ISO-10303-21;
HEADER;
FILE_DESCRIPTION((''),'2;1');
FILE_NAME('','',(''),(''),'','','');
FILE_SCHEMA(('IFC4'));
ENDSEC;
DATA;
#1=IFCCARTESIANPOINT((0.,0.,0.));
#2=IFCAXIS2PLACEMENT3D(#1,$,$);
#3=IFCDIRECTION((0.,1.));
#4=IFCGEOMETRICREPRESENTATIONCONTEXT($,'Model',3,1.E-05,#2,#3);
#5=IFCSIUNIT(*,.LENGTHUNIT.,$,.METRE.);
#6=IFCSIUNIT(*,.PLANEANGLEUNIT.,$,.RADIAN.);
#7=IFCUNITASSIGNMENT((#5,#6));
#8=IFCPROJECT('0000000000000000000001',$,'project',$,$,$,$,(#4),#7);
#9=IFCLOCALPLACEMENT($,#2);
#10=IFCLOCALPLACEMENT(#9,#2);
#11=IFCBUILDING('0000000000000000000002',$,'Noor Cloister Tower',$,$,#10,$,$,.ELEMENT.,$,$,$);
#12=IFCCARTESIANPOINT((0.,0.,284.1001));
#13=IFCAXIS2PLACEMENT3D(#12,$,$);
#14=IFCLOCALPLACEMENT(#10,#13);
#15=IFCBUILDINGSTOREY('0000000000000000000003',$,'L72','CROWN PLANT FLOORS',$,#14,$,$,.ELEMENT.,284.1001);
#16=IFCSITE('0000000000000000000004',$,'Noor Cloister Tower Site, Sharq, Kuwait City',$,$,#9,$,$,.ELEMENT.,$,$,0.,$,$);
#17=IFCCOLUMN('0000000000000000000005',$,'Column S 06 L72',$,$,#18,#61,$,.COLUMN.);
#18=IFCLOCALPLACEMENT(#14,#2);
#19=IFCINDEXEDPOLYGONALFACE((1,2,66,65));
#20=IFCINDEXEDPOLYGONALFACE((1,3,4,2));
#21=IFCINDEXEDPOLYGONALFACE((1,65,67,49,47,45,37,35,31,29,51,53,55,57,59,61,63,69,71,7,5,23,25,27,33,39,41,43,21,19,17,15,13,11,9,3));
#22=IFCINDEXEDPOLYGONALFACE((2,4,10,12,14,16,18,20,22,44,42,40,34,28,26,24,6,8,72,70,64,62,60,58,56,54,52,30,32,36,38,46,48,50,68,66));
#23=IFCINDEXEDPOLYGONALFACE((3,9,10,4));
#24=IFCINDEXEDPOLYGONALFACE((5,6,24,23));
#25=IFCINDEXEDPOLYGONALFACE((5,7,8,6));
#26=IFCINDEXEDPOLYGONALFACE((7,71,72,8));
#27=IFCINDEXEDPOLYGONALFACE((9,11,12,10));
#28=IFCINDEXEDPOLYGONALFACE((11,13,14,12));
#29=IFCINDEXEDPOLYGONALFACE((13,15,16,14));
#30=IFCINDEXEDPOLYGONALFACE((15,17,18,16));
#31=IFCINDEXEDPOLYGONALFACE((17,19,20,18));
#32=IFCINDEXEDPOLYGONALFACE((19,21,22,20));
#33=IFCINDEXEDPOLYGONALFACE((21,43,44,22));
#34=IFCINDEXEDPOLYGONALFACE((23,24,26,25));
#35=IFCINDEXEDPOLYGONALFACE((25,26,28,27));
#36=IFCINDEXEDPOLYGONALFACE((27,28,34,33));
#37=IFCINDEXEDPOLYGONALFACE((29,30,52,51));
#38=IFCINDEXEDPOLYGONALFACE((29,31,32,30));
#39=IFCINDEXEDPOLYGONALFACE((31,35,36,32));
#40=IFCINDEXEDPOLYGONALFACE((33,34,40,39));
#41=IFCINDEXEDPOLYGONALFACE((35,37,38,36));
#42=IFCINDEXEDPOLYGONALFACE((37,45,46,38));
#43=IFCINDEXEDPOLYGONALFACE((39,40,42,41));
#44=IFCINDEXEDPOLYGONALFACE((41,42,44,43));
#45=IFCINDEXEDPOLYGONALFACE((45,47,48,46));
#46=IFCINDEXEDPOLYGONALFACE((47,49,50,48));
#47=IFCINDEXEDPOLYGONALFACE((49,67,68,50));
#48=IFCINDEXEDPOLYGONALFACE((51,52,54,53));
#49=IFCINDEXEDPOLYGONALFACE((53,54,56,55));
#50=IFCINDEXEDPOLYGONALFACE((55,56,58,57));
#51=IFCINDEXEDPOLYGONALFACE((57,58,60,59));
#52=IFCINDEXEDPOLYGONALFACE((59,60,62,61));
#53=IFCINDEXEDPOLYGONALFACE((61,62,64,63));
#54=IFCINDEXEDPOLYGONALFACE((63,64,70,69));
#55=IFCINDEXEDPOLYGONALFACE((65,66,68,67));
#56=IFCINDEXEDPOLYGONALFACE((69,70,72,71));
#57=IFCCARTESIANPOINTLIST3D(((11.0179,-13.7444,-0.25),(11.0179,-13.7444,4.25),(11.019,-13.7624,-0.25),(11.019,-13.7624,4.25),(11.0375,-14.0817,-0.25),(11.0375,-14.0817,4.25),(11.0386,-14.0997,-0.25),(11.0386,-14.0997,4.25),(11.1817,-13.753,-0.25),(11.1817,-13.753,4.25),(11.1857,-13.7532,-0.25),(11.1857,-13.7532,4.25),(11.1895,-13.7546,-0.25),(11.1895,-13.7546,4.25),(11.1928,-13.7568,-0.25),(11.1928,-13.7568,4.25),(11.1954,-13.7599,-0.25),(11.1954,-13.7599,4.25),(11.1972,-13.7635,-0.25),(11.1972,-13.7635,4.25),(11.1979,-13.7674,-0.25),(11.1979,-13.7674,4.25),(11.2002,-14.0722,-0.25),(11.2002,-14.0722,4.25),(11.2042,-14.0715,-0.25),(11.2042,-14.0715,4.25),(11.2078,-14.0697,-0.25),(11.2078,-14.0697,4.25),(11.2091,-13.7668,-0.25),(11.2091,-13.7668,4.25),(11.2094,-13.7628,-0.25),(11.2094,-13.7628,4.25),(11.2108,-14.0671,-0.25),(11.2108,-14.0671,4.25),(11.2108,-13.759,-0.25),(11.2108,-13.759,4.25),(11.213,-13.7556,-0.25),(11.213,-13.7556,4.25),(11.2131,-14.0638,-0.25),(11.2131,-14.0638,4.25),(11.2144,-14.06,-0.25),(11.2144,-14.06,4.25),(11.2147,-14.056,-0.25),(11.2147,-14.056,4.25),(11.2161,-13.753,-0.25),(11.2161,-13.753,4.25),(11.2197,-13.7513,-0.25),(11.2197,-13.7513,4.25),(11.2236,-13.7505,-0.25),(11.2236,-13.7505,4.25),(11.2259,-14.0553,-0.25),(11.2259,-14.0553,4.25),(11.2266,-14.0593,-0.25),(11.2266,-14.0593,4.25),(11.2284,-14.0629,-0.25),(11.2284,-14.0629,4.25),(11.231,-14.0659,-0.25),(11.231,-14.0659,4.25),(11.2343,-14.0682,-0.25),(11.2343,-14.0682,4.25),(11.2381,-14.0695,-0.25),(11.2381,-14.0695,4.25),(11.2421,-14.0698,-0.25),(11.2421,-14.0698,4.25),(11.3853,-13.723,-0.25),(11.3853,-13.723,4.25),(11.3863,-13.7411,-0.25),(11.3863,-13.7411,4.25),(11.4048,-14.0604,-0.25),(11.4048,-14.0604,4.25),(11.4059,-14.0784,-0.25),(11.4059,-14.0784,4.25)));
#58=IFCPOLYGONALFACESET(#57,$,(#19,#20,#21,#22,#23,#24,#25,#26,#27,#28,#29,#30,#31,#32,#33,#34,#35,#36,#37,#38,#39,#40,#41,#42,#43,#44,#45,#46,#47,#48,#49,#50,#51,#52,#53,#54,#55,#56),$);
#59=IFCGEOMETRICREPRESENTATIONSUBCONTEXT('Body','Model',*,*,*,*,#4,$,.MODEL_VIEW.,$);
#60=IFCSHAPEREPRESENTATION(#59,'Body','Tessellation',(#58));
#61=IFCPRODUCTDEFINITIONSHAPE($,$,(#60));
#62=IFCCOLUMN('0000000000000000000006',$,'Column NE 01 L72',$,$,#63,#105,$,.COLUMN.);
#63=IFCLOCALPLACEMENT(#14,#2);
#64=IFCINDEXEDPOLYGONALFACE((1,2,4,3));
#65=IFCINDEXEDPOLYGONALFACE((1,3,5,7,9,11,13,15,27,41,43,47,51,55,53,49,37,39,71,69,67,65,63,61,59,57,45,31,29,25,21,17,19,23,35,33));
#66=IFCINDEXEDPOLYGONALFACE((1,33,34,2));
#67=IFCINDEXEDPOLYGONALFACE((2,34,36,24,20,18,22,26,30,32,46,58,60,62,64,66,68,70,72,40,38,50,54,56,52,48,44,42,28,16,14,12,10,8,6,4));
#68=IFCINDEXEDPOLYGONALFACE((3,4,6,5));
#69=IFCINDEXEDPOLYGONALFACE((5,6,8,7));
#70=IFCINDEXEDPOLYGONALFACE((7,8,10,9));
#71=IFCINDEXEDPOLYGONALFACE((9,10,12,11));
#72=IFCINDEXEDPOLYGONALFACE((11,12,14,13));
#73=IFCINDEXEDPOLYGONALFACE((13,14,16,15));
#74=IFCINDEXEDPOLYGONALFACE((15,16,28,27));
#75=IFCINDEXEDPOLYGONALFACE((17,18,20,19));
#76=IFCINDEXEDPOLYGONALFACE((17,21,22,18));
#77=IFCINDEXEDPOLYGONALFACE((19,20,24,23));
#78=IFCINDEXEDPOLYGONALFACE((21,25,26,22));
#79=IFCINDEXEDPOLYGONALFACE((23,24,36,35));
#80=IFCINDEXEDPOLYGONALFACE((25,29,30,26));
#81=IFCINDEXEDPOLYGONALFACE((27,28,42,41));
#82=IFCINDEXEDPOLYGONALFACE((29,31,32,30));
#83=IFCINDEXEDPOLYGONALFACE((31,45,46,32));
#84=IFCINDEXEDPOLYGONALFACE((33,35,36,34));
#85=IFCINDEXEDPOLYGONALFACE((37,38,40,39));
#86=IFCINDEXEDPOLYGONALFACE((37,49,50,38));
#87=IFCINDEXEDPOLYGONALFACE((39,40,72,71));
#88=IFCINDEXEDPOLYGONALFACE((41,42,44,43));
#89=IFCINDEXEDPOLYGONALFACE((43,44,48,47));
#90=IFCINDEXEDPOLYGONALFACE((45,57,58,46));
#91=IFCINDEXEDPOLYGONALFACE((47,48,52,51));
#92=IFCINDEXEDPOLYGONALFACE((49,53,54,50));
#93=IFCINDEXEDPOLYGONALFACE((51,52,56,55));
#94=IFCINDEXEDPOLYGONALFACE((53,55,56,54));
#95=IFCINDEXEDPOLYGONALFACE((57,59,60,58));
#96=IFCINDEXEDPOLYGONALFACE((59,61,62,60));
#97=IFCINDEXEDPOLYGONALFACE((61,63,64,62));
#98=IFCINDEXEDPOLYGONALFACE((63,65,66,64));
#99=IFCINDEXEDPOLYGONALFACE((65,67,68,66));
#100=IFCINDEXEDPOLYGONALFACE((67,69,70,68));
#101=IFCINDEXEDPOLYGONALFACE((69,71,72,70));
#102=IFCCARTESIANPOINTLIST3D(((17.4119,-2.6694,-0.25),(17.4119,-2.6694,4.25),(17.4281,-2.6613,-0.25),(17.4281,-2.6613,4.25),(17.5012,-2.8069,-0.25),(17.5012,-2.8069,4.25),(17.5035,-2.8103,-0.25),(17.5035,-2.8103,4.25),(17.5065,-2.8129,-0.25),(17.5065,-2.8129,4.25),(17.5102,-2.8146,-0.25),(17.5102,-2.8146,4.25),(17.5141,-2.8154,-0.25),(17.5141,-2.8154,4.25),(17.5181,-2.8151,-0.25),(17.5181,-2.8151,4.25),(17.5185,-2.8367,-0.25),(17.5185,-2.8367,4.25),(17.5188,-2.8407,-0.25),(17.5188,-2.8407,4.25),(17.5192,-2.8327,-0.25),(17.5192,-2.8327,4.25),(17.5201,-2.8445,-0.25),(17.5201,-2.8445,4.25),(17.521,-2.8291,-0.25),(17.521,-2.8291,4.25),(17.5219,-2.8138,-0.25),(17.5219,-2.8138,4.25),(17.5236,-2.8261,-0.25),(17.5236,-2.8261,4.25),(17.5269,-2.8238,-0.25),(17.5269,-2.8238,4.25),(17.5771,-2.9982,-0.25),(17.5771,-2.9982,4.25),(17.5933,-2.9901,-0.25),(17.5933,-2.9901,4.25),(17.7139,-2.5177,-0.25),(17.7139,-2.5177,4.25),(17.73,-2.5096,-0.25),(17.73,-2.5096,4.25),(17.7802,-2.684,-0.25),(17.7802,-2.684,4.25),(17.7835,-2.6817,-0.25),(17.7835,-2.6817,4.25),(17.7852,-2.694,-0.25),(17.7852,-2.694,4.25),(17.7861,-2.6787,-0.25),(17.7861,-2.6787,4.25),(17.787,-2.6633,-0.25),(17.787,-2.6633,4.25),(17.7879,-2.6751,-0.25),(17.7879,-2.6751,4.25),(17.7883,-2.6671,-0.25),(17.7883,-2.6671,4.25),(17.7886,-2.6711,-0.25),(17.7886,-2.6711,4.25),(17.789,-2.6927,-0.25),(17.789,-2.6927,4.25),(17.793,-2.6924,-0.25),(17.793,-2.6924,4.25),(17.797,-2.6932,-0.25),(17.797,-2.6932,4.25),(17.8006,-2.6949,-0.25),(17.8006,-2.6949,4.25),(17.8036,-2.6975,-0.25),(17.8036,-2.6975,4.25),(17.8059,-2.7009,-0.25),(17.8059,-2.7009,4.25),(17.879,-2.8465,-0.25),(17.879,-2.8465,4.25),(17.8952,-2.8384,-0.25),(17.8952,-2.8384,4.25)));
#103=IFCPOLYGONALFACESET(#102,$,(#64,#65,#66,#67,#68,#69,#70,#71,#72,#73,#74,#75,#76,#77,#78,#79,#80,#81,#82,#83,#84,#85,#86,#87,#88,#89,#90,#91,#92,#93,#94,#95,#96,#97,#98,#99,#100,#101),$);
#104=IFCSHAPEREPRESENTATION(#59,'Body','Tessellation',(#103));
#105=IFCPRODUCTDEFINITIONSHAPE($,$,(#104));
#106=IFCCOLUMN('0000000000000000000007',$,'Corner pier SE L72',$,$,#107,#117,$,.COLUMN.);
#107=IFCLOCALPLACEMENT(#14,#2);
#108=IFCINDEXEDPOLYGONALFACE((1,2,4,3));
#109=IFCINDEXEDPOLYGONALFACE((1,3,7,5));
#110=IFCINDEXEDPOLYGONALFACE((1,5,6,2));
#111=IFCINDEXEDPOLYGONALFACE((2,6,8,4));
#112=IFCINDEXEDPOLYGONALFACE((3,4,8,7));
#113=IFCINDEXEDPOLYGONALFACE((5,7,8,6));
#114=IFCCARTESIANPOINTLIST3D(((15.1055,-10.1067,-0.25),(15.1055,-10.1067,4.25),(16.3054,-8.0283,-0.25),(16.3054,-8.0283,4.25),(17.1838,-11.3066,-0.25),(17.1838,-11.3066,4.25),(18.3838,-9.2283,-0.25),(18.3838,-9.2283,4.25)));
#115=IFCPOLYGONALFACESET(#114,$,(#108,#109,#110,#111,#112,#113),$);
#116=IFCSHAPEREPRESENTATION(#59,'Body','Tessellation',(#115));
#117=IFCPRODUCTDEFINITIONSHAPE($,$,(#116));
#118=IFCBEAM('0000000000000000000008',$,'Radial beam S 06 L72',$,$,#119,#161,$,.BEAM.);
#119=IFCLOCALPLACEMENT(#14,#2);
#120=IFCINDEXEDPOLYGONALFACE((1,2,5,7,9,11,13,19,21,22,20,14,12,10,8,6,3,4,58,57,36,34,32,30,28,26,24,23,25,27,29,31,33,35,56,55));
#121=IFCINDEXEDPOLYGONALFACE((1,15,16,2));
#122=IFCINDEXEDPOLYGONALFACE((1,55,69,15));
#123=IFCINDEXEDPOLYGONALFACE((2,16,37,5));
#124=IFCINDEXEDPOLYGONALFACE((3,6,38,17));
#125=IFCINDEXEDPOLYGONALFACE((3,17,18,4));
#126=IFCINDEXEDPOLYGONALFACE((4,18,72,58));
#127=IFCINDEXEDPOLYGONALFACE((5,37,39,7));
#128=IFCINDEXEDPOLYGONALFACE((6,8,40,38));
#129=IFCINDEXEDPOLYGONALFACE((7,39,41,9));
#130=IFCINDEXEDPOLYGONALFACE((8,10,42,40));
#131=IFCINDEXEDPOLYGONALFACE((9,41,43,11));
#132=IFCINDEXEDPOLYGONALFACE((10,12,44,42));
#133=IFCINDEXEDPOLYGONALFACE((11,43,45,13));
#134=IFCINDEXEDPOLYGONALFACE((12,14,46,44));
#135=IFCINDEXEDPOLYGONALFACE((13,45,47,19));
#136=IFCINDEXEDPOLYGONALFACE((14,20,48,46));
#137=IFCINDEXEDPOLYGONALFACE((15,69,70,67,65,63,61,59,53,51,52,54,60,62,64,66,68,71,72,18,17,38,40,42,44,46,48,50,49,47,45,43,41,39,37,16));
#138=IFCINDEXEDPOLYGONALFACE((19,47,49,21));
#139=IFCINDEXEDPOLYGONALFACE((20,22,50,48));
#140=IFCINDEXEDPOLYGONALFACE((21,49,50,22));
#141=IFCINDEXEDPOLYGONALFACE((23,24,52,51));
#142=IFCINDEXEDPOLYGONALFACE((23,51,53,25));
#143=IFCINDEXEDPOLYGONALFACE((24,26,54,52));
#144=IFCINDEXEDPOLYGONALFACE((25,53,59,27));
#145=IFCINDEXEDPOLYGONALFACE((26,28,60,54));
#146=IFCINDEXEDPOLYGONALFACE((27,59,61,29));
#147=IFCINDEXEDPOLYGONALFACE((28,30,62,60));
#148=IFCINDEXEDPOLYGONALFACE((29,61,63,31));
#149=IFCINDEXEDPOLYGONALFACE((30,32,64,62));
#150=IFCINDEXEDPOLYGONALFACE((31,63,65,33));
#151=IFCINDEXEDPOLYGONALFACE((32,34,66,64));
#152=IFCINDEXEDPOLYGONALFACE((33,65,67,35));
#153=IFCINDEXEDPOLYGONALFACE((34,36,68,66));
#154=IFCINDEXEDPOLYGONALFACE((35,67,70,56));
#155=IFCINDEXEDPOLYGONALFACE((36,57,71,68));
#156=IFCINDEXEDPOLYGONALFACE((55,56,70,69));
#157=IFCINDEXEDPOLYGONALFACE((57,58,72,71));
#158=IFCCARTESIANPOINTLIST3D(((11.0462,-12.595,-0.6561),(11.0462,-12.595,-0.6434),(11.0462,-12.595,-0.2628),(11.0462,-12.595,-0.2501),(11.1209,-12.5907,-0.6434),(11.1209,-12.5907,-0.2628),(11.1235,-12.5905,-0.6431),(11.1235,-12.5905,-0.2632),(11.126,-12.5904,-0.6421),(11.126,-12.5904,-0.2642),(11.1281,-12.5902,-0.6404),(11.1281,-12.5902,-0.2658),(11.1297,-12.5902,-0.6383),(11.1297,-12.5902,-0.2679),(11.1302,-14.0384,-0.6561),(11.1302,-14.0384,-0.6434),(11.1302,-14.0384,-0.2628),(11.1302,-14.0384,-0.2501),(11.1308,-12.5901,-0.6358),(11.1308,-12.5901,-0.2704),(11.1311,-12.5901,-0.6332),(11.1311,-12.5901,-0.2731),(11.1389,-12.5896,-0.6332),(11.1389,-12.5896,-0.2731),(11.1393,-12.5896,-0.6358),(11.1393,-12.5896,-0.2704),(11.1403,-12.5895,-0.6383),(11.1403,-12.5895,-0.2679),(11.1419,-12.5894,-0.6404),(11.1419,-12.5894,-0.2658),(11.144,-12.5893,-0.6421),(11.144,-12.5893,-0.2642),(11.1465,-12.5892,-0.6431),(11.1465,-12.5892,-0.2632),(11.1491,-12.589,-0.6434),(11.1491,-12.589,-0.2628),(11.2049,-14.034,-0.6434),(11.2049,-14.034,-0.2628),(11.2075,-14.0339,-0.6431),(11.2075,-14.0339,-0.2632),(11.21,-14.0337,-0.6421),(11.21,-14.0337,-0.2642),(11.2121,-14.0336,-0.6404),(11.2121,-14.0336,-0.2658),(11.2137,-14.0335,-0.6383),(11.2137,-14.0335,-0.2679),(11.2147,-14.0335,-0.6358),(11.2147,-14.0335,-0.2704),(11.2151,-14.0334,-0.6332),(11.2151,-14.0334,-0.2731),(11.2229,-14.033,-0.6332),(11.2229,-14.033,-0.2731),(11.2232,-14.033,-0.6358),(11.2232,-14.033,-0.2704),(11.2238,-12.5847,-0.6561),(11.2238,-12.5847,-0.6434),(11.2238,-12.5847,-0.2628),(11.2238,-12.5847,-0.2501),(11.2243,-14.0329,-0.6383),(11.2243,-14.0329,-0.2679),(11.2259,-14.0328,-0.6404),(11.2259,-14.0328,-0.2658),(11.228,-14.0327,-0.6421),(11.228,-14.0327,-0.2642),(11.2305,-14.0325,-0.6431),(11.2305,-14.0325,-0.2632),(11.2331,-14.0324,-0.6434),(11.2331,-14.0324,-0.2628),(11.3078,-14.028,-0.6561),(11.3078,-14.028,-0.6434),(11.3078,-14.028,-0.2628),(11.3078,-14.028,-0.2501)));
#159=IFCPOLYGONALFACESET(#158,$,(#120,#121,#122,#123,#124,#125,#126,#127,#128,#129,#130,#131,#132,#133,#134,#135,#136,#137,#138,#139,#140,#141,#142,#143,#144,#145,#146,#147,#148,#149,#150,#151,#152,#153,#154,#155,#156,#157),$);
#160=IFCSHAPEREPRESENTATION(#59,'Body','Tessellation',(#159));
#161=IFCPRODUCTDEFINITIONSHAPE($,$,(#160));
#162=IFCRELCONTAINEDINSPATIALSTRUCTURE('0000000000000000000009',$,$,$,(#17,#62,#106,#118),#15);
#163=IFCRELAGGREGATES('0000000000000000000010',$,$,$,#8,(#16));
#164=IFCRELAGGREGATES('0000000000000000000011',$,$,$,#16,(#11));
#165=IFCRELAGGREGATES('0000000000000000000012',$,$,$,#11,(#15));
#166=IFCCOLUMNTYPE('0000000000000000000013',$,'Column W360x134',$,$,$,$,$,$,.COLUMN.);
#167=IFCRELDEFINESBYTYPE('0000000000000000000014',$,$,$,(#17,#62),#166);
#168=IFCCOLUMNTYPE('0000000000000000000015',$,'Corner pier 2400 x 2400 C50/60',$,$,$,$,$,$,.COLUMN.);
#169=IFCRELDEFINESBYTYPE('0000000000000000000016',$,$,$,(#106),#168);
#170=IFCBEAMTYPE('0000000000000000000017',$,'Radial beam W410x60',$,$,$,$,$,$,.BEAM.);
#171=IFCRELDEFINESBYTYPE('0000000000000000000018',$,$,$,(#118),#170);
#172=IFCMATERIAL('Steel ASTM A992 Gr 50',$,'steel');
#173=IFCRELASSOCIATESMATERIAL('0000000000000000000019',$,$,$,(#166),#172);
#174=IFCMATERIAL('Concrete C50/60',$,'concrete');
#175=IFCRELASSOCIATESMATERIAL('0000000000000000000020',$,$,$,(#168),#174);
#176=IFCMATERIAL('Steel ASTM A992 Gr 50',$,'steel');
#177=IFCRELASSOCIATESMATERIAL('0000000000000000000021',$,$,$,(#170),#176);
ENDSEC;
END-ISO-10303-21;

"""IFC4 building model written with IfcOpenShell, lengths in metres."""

from ifc_helpers import new_model, si_unit, direction, frame, origin, origin_2d, place, context, subcontext, project, spatial, rectangle, i_section, extrude, material, material_profile, profile_set, type_object, element, save


model = new_model("IFC4")

# Units and contexts
model_context = context("Model", 3, precision=1e-05, world=origin(), true_north=direction((0.0, 1.0)))
body_context = subcontext(model_context, "Body", "Model", "MODEL_VIEW")
ifc_project = project(units=[si_unit("LENGTHUNIT", "METRE"), si_unit("PLANEANGLEUNIT", "RADIAN")], contexts=[model_context])

# Site, building, storey
site_placement = place(None, origin())
site = spatial("IfcSite", under=ifc_project, at=site_placement, Name="Noor Cloister Tower Site, Sharq, Kuwait City", CompositionType="ELEMENT", RefElevation=0.0)
building_placement = place(site_placement, origin())
building = spatial("IfcBuilding", under=site, at=building_placement, Name="Noor Cloister Tower", CompositionType="ELEMENT")
storey_placement = place(building_placement, frame((0.0, 0.0, 284.1001)))
storey = spatial("IfcBuildingStorey", under=building, at=storey_placement, Name="L72", Description="CROWN PLANT FLOORS", CompositionType="ELEMENT", Elevation=284.1001)

# Columns
ifc_material_1 = material(Name="Steel ASTM A992 Gr 50", Category="steel")
ifc_material_profile_1 = material_profile(ifc_material_1, i_section(OverallWidth=0.3679, OverallDepth=0.356, WebThickness=0.0112, FlangeThickness=0.0181, FilletRadius=0.0154, at=origin_2d()), Name="W360x134")
ifc_profile_set_1 = profile_set([ifc_material_profile_1], Name="Steel ASTM A992 Gr 50")
column_type_1 = type_object("IfcColumnType", Name="Column W360x134", PredefinedType="COLUMN", material=ifc_profile_set_1)
for number, where, z_axis, x_axis, name in (
    (1, (11.2119, -13.9114, -0.25), (0.0, 0.0, 1.0), (0.99832, 0.057948, 0.0), "Column S 06 L72"),
    (2, (17.6536, -2.7539, -0.25), (0.0, 0.0, 1.0), (-0.448975, 0.893544, 0.0), "Column NE 01 L72"),
):
    element("IfcColumn", number, at=place(storey_placement, frame(where, z_axis=z_axis, x_axis=x_axis)), inside=storey, type_object=column_type_1, Name=name, PredefinedType="COLUMN", context=body_context, shape_type="SweptSolid", body=[
        extrude(i_section(OverallWidth=0.3679, OverallDepth=0.356, WebThickness=0.0112, FlangeThickness=0.0181, FilletRadius=0.0154, at=origin_2d()), origin(), (0.0, 0.0, 1.0), 4.5),
    ])
ifc_material_2 = material(Name="Concrete C50/60", Category="concrete")
ifc_material_profile_2 = material_profile(ifc_material_2, rectangle(XDim=2.3999, YDim=2.3999, at=origin_2d()), Name="RC 2400x2400")
ifc_profile_set_2 = profile_set([ifc_material_profile_2], Name="Concrete C50/60")
column_type_2 = type_object("IfcColumnType", Name="Corner pier 2400 x 2400 C50/60", PredefinedType="COLUMN", material=ifc_profile_set_2)
column_placement = place(storey_placement, frame((16.7446, -9.6675, -0.25), z_axis=(0.0, 0.0, 1.0), x_axis=(0.866025, -0.5, 0.0)))
element("IfcColumn", 3, at=column_placement, inside=storey, type_object=column_type_2, Name="Corner pier SE L72", PredefinedType="COLUMN", context=body_context, shape_type="SweptSolid", body=[
    extrude(rectangle(XDim=2.3999, YDim=2.3999, at=origin_2d()), origin(), (0.0, 0.0, 1.0), 4.5),
])

# Beam
ifc_material_3 = material(Name="Steel ASTM A992 Gr 50", Category="steel")
ifc_material_profile_3 = material_profile(ifc_material_3, i_section(OverallWidth=0.178, OverallDepth=0.406, WebThickness=0.0078, FlangeThickness=0.0127, FilletRadius=0.0103, at=origin_2d()), Name="W410x60")
ifc_profile_set_3 = profile_set([ifc_material_profile_3], Name="Steel ASTM A992 Gr 50")
beam_type_1 = type_object("IfcBeamType", Name="Radial beam W410x60", PredefinedType="BEAM", material=ifc_profile_set_3)
beam_1_placement = place(storey_placement, frame((11.219, -14.0332, -0.4531), z_axis=(-0.058088, 0.998311, 0.0), x_axis=(-0.998311, -0.058088, 0.0)))
element("IfcBeam", 4, at=beam_1_placement, inside=storey, type_object=beam_type_1, Name="Radial beam S 06 L72", PredefinedType="BEAM", context=body_context, shape_type="SweptSolid", body=[
    extrude(i_section(OverallWidth=0.178, OverallDepth=0.406, WebThickness=0.0078, FlangeThickness=0.0127, FilletRadius=0.0103, at=origin_2d()), origin(), (0.0, 0.0, 1.0), 1.4458),
])

save(model, "model.ifc")
